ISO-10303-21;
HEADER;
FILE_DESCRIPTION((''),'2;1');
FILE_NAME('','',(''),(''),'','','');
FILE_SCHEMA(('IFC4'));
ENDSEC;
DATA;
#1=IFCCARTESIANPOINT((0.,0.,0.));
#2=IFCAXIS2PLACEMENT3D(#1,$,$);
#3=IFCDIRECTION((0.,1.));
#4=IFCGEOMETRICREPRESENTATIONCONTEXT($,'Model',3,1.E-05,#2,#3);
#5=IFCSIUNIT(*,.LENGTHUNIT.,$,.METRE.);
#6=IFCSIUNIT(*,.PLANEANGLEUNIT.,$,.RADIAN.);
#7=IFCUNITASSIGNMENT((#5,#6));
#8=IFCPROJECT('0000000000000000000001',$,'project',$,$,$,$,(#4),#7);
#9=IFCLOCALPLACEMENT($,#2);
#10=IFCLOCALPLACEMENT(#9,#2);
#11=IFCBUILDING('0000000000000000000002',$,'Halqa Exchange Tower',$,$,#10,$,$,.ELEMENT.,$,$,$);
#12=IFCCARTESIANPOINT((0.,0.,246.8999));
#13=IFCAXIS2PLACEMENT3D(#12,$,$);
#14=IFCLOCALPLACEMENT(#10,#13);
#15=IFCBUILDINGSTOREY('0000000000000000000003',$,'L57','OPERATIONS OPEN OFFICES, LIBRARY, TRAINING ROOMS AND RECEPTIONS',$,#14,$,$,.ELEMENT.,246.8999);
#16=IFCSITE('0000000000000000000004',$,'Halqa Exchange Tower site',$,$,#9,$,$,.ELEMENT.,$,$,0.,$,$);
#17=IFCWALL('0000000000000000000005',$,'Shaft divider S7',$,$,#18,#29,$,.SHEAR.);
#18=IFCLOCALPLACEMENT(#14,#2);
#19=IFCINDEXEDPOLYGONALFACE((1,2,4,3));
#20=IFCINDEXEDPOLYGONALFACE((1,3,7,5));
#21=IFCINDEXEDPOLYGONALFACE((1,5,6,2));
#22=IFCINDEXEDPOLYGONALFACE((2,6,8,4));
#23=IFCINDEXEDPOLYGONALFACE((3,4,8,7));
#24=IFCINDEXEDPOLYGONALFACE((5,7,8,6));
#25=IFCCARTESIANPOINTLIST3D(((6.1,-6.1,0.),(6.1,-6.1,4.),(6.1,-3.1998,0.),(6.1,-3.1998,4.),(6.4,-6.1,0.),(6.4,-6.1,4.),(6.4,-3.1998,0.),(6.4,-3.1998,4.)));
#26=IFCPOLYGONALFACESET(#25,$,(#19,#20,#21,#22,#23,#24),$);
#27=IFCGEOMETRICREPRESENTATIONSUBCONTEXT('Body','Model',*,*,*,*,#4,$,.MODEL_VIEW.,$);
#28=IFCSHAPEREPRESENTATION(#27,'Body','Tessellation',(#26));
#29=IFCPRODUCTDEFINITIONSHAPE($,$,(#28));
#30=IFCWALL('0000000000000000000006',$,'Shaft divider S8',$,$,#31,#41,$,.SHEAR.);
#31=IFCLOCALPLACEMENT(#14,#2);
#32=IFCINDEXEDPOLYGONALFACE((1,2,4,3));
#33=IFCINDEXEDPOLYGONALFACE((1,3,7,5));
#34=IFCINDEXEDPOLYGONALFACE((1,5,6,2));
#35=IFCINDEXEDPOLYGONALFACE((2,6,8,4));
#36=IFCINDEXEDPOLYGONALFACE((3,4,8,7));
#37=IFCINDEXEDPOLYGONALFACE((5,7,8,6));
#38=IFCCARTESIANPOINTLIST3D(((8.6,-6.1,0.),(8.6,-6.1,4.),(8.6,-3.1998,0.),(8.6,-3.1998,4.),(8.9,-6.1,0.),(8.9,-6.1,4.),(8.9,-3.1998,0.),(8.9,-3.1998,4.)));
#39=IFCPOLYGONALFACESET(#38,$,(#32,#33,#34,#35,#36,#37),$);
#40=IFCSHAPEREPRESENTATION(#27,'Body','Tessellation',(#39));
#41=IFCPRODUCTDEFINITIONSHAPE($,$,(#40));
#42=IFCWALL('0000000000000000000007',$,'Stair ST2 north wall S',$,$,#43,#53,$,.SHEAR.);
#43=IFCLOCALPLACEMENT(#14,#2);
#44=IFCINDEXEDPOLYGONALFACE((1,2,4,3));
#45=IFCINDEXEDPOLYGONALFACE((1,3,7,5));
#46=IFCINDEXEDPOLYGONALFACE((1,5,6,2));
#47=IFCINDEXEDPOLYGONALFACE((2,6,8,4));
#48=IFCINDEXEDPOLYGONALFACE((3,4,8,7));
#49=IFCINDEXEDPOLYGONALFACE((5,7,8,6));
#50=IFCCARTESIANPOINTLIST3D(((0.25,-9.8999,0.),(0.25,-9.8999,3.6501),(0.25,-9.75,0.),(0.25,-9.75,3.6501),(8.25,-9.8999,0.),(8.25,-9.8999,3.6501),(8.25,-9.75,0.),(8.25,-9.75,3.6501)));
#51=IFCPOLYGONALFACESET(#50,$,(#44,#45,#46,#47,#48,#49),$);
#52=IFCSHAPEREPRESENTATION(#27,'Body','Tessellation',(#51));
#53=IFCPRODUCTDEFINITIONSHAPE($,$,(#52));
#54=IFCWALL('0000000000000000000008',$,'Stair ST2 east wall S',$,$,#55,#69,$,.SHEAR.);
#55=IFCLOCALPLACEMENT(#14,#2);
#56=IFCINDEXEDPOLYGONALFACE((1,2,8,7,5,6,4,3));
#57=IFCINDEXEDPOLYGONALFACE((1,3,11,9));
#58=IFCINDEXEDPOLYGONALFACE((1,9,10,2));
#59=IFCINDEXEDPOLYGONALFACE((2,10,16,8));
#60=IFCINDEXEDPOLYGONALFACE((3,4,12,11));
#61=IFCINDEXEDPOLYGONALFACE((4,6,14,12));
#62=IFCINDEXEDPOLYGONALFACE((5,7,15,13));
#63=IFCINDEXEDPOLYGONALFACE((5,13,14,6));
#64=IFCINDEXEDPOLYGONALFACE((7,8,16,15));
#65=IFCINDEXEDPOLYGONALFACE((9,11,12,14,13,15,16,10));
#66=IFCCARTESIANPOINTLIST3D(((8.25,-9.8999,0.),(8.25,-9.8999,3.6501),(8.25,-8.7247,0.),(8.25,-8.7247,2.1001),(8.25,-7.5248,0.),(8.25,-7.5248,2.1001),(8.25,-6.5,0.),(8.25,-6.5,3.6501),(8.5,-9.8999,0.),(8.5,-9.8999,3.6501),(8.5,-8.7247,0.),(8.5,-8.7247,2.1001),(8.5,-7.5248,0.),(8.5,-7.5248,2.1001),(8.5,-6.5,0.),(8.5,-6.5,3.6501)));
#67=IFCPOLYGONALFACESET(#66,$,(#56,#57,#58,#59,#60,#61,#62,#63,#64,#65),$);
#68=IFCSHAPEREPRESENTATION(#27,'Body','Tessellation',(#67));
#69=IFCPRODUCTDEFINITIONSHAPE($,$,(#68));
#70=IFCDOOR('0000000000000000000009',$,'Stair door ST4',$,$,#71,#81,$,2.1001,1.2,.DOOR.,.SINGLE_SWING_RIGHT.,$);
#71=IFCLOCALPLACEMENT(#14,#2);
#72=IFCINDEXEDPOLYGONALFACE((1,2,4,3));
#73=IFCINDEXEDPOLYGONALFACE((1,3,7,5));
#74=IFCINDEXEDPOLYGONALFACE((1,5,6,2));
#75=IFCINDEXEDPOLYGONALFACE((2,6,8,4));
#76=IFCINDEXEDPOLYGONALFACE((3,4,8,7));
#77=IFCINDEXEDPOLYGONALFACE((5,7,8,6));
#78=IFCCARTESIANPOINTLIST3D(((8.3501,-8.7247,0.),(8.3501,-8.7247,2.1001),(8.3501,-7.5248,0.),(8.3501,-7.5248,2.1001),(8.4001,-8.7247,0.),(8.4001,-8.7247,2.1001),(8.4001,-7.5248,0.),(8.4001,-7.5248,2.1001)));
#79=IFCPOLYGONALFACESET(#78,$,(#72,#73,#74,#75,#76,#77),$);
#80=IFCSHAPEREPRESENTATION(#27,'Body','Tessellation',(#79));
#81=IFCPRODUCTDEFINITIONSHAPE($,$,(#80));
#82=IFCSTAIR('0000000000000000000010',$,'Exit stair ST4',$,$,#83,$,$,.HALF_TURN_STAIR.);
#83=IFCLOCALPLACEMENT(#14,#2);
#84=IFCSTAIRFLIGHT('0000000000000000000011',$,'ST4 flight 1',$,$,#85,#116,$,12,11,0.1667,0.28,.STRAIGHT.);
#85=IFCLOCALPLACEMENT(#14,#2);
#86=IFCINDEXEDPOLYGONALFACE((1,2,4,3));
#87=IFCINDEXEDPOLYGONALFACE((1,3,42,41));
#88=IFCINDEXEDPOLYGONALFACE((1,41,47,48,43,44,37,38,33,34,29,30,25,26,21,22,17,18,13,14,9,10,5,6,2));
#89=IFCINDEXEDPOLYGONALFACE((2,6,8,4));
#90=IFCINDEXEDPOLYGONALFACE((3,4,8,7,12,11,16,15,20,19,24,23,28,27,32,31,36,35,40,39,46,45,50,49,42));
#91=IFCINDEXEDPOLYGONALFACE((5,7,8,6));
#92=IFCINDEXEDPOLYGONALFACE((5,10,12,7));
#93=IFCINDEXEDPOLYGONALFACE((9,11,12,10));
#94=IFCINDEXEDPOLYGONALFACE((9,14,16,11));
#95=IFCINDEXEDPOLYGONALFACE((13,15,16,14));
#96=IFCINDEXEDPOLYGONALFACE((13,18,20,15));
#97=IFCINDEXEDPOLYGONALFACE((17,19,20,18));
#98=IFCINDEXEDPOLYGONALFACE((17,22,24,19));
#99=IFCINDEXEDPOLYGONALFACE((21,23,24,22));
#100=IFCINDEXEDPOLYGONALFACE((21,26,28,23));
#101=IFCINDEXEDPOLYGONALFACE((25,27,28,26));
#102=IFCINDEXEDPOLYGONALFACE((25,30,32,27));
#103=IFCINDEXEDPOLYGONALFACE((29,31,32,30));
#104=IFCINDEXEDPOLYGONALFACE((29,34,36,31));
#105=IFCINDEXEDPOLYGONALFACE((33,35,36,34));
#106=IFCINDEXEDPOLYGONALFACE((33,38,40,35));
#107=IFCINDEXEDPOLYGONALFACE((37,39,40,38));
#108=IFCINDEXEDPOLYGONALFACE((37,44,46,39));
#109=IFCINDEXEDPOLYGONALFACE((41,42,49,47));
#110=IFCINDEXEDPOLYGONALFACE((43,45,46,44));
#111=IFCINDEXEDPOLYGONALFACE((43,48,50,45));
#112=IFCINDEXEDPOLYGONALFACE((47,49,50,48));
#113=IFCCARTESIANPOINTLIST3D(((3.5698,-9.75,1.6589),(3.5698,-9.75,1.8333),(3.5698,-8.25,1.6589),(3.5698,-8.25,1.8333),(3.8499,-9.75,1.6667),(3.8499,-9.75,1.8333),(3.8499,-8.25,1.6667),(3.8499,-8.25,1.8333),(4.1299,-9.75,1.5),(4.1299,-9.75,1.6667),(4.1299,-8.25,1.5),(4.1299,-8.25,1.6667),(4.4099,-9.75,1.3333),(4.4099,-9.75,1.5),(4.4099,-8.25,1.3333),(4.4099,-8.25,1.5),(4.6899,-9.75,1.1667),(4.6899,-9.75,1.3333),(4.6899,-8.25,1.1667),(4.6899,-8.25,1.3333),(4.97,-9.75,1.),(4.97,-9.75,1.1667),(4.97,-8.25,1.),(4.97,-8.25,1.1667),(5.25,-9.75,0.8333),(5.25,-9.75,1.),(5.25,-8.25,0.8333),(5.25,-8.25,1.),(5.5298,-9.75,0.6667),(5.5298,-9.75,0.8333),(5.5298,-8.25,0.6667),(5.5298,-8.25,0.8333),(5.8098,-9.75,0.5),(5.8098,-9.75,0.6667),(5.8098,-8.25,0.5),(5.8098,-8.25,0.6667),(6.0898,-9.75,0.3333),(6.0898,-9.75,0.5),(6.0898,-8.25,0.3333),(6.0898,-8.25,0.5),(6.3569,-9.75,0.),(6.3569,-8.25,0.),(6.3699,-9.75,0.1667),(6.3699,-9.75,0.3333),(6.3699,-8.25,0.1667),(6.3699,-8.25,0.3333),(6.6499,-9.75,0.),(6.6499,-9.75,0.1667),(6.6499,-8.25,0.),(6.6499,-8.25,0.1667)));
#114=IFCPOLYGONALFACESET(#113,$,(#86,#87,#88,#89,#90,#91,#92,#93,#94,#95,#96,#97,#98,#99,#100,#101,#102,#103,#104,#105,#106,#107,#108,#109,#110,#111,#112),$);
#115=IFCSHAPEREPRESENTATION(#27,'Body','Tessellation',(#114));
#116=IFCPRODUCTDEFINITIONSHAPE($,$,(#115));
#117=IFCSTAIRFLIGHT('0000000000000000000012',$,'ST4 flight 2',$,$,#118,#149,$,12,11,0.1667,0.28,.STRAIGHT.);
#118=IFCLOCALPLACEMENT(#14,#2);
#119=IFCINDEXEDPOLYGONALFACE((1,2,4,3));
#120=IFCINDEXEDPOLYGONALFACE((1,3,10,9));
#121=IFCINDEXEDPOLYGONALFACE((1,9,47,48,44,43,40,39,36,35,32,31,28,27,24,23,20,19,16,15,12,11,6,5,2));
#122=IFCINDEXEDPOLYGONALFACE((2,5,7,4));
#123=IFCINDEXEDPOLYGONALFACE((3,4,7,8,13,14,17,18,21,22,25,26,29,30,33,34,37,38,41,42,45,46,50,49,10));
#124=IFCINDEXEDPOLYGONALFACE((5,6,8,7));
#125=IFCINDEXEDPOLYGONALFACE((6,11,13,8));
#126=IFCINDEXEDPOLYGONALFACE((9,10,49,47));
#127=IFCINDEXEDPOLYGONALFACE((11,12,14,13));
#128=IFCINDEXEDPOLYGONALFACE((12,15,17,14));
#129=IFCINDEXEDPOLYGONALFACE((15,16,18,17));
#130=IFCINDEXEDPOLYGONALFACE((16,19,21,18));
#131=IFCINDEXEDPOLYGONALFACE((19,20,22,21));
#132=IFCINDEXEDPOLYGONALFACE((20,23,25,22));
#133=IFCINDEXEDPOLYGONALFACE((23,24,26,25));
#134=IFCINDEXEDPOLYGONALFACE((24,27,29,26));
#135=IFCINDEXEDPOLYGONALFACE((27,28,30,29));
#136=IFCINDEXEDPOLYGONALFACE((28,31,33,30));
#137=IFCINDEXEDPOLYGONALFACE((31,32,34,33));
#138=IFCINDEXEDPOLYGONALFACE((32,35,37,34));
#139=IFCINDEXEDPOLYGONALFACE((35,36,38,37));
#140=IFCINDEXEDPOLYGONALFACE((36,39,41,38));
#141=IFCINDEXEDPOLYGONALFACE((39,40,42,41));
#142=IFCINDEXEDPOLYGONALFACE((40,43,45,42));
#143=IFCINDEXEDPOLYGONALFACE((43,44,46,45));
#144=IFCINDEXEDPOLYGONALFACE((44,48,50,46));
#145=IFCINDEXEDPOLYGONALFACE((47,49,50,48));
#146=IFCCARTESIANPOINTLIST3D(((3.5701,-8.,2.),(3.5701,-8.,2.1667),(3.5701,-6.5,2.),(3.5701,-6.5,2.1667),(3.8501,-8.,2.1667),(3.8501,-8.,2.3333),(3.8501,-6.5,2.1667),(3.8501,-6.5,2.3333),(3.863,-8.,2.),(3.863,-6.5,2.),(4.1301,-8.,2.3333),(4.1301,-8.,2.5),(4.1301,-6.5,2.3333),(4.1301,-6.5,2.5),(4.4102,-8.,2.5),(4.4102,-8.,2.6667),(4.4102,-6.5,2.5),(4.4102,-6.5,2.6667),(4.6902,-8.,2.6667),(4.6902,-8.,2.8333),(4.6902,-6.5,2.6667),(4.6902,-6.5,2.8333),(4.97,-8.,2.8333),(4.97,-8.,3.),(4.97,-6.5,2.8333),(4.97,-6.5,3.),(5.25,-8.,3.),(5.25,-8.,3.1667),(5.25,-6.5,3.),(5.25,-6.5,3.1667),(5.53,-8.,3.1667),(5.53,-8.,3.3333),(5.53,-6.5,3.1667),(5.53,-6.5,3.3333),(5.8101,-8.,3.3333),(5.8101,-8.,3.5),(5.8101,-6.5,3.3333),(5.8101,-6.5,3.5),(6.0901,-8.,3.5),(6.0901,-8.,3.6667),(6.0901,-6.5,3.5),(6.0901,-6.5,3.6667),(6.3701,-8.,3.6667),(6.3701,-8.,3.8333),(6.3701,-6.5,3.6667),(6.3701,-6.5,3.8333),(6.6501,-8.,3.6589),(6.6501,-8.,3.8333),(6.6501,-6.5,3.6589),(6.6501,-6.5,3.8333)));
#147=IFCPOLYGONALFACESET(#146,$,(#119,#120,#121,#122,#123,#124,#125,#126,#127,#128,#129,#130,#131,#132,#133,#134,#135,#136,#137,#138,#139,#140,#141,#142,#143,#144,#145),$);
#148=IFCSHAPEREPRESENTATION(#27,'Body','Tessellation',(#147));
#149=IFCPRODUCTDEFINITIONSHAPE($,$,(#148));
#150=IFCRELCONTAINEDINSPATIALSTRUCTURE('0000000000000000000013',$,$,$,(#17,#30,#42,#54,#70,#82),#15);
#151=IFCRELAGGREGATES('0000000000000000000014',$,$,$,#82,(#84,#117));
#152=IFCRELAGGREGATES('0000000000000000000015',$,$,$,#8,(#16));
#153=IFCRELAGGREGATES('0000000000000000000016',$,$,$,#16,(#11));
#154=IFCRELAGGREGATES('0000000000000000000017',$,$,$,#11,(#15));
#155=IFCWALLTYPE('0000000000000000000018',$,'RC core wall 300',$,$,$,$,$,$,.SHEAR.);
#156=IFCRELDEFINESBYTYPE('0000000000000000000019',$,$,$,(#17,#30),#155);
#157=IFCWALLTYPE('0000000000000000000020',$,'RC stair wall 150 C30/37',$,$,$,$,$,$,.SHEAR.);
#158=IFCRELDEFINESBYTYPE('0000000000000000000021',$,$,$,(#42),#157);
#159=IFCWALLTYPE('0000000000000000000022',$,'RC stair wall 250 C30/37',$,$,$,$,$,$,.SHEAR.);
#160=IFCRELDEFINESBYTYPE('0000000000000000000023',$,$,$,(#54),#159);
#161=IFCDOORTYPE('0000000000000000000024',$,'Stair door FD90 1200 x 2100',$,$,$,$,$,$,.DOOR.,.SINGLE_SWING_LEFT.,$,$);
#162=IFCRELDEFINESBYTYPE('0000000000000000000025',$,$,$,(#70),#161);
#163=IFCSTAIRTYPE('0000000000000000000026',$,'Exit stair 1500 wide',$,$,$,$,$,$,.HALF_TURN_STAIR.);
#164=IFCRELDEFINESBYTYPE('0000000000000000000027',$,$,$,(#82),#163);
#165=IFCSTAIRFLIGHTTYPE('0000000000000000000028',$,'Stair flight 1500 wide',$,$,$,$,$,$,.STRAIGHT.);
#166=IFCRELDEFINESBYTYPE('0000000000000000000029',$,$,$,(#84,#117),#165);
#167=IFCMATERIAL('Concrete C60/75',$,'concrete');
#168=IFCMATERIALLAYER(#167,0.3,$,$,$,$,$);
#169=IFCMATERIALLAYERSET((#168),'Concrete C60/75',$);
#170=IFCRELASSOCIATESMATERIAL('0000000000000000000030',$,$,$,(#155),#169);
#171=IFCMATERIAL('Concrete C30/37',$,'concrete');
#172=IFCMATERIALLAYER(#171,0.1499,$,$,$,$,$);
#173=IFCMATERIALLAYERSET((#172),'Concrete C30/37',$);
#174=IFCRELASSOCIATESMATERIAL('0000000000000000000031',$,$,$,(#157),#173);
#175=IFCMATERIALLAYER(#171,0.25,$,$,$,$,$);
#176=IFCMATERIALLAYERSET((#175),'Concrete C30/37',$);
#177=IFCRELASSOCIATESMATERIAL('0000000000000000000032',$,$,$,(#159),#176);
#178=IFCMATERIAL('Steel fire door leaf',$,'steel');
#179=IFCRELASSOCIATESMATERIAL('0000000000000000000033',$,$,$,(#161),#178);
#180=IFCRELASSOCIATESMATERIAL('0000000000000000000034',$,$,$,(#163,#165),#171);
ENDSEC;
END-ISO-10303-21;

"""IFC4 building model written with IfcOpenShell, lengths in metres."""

from ifc_helpers import new_model, si_unit, direction, frame, frame_2d, origin, place, context, subcontext, project, spatial, polyline, rectangle, outline, extrude, material, layer, layer_set, type_object, element, fill, aggregate, save


model = new_model("IFC4")

# Units and contexts
model_context = context("Model", 3, precision=1e-05, world=origin(), true_north=direction((0.0, 1.0)))
body_context = subcontext(model_context, "Body", "Model", "MODEL_VIEW")
ifc_project = project(units=[si_unit("LENGTHUNIT", "METRE"), si_unit("PLANEANGLEUNIT", "RADIAN")], contexts=[model_context])

# Site, building, storey
site_placement = place(None, origin())
site = spatial("IfcSite", under=ifc_project, at=site_placement, Name="Halqa Exchange Tower site", CompositionType="ELEMENT", RefElevation=0.0)
building_placement = place(site_placement, origin())
building = spatial("IfcBuilding", under=site, at=building_placement, Name="Halqa Exchange Tower", CompositionType="ELEMENT")
storey_placement = place(building_placement, frame((0.0, 0.0, 246.8999)))
storey = spatial("IfcBuildingStorey", under=building, at=storey_placement, Name="L57", Description="OPERATIONS OPEN OFFICES, LIBRARY, TRAINING ROOMS AND RECEPTIONS", CompositionType="ELEMENT", Elevation=246.8999)

# Shared definitions
ifc_material_1 = material(Name="Concrete C60/75", Category="concrete")

# Walls
ifc_layer_1 = layer(ifc_material_1, 0.3)
ifc_layer_set_1 = layer_set([ifc_layer_1], Name="Concrete C60/75")
wall_type_1 = type_object("IfcWallType", Name="RC core wall 300", PredefinedType="SHEAR", material=ifc_layer_set_1)
for number, where, z_axis, x_axis, name in (
    (1, (6.25, -6.1001, 0.0), (0.0, 0.0, 1.0), (0.0, 1.0, 0.0), "Shaft divider S7"),
    (2, (8.75, -6.1001, 0.0), (0.0, 0.0, 1.0), (0.0, 1.0, 0.0), "Shaft divider S8"),
):
    element("IfcWall", number, at=place(storey_placement, frame(where, z_axis=z_axis, x_axis=x_axis)), inside=storey, type_object=wall_type_1, Name=name, PredefinedType="SHEAR", context=body_context, shape_type="SweptSolid", body=[
        extrude(rectangle(XDim=2.9001, YDim=0.3, at=frame_2d((1.4502, 0.0))), origin(), (0.0, 0.0, 1.0), 4.0),
    ])
ifc_material_2 = material(Name="Concrete C30/37", Category="concrete")
ifc_layer_2 = layer(ifc_material_2, 0.1499)
ifc_layer_set_2 = layer_set([ifc_layer_2], Name="Concrete C30/37")
wall_type_2 = type_object("IfcWallType", Name="RC stair wall 150 C30/37", PredefinedType="SHEAR", material=ifc_layer_set_2)
wall_1_placement = place(storey_placement, frame((0.25, -9.825, 0.0), z_axis=(0.0, 0.0, 1.0), x_axis=(1.0, 0.0, 0.0)))
element("IfcWall", 3, at=wall_1_placement, inside=storey, type_object=wall_type_2, Name="Stair ST2 north wall S", PredefinedType="SHEAR", context=body_context, shape_type="SweptSolid", body=[
    extrude(rectangle(XDim=8.0, YDim=0.1499, at=frame_2d((4.0, 0.0))), origin(), (0.0, 0.0, 1.0), 3.6501),
])

# Wall, opening, door
ifc_layer_3 = layer(ifc_material_2, 0.25)
ifc_layer_set_3 = layer_set([ifc_layer_3], Name="Concrete C30/37")
wall_type_3 = type_object("IfcWallType", Name="RC stair wall 250 C30/37", PredefinedType="SHEAR", material=ifc_layer_set_3)
wall_2_placement = place(storey_placement, frame((8.375, -9.8999, 0.0), z_axis=(0.0, 0.0, 1.0), x_axis=(0.0, 1.0, 0.0)))
wall_2 = element("IfcWall", 4, at=wall_2_placement, inside=storey, type_object=wall_type_3, Name="Stair ST2 east wall S", PredefinedType="SHEAR", context=body_context, shape_type="SweptSolid", body=[
    extrude(rectangle(XDim=3.3999, YDim=0.25, at=frame_2d((1.7, 0.0))), origin(), (0.0, 0.0, 1.0), 3.6501),
])
opening_placement = place(wall_2_placement, frame((1.175, 0.0, 0.0)))
opening = element("IfcOpeningElement", 5, at=opening_placement, cuts=wall_2, PredefinedType="OPENING", context=body_context, shape_type="SweptSolid", body=[
    extrude(rectangle(XDim=1.2, YDim=2.1001, at=frame_2d((0.6001, 1.05))), frame((0.0, 0.137, 0.0), z_axis=(0.0, -1.0, 0.0), x_axis=(1.0, 0.0, 0.0)), (0.0, 0.0, 1.0), 0.2739),
])
ifc_material_3 = material(Name="Steel fire door leaf", Category="steel")
door_type = type_object("IfcDoorType", Name="Stair door FD90 1200 x 2100", OperationType="SINGLE_SWING_LEFT", PredefinedType="DOOR", material=ifc_material_3)
door_placement = place(opening_placement, origin())
door = element("IfcDoor", 6, at=door_placement, inside=storey, type_object=door_type, Name="Stair door ST4", OperationType="SINGLE_SWING_RIGHT", OverallHeight=2.1001, OverallWidth=1.2, PredefinedType="DOOR", context=body_context, shape_type="SweptSolid", body=[
    extrude(rectangle(XDim=1.2, YDim=2.1001, at=frame_2d((0.6001, 1.05))), frame((0.0, 0.0249, 0.0), z_axis=(0.0, -1.0, 0.0), x_axis=(1.0, 0.0, 0.0)), (0.0, 0.0, 1.0), 0.05),
])
fill(opening, door)

# Stair, stair flights
stair_type = type_object("IfcStairType", Name="Exit stair 1500 wide", PredefinedType="HALF_TURN_STAIR", material=ifc_material_2)
stair_placement = place(storey_placement, origin())
stair = element("IfcStair", 7, at=stair_placement, inside=storey, type_object=stair_type, Name="Exit stair ST4", PredefinedType="HALF_TURN_STAIR")
stair_flight_type = type_object("IfcStairFlightType", Name="Stair flight 1500 wide", PredefinedType="STRAIGHT", material=ifc_material_2)
stair_flight_1_placement = place(storey_placement, frame((6.6499, -9.0, 0.0), z_axis=(0.0, 0.0, 1.0), x_axis=(-1.0, 0.0, 0.0)))
stair_flight_1 = element("IfcStairFlight", 8, at=stair_flight_1_placement, type_object=stair_flight_type, Name="ST4 flight 1", NumberOfRisers=12, NumberOfTreads=11, PredefinedType="STRAIGHT", RiserHeight=0.1667, TreadLength=0.28, context=body_context, shape_type="SweptSolid", body=[
    extrude(outline(polyline([(0.0, 0.0), (0.0, 0.1667), (0.28, 0.1667), (0.28, 0.3333), (0.5601, 0.3333), (0.5601, 0.5), (0.8401, 0.5), (0.8401, 0.6667), (1.1201, 0.6667), (1.1201, 0.8333), (1.3999, 0.8333), (1.3999, 1.0), (1.6799, 1.0), (1.6799, 1.1667), (1.96, 1.1667), (1.96, 1.3333), (2.24, 1.3333), (2.24, 1.5), (2.52, 1.5), (2.52, 1.6667), (2.8, 1.6667), (2.8, 1.8333), (3.0801, 1.8333), (3.0801, 2.0), (3.0801, 1.6589), (0.293, 0.0), (0.0, 0.0)])), frame((0.0, 0.75, 0.0), z_axis=(0.0, -1.0, 0.0), x_axis=(1.0, 0.0, 0.0)), (0.0, 0.0, 1.0), 1.5),
])
stair_flight_2_placement = place(storey_placement, frame((3.5701, -7.25, 2.0), z_axis=(0.0, 0.0, 1.0), x_axis=(1.0, 0.0, 0.0)))
stair_flight_2 = element("IfcStairFlight", 9, at=stair_flight_2_placement, type_object=stair_flight_type, Name="ST4 flight 2", NumberOfRisers=12, NumberOfTreads=11, PredefinedType="STRAIGHT", RiserHeight=0.1667, TreadLength=0.28, context=body_context, shape_type="SweptSolid", body=[
    extrude(outline(polyline([(0.0, 0.0), (0.0, 0.1667), (0.28, 0.1667), (0.28, 0.3333), (0.5601, 0.3333), (0.5601, 0.5), (0.8401, 0.5), (0.8401, 0.6667), (1.1201, 0.6667), (1.1201, 0.8333), (1.3999, 0.8333), (1.3999, 1.0), (1.6799, 1.0), (1.6799, 1.1667), (1.96, 1.1667), (1.96, 1.3333), (2.24, 1.3333), (2.24, 1.5), (2.52, 1.5), (2.52, 1.6667), (2.8, 1.6667), (2.8, 1.8333), (3.0801, 1.8333), (3.0801, 2.0), (3.0801, 1.6589), (0.293, 0.0), (0.0, 0.0)])), frame((0.0, 0.75, 0.0), z_axis=(0.0, -1.0, 0.0), x_axis=(1.0, 0.0, 0.0)), (0.0, 0.0, 1.0), 1.5),
])
aggregate(stair, [stair_flight_1, stair_flight_2])

save(model, "model.ifc")
